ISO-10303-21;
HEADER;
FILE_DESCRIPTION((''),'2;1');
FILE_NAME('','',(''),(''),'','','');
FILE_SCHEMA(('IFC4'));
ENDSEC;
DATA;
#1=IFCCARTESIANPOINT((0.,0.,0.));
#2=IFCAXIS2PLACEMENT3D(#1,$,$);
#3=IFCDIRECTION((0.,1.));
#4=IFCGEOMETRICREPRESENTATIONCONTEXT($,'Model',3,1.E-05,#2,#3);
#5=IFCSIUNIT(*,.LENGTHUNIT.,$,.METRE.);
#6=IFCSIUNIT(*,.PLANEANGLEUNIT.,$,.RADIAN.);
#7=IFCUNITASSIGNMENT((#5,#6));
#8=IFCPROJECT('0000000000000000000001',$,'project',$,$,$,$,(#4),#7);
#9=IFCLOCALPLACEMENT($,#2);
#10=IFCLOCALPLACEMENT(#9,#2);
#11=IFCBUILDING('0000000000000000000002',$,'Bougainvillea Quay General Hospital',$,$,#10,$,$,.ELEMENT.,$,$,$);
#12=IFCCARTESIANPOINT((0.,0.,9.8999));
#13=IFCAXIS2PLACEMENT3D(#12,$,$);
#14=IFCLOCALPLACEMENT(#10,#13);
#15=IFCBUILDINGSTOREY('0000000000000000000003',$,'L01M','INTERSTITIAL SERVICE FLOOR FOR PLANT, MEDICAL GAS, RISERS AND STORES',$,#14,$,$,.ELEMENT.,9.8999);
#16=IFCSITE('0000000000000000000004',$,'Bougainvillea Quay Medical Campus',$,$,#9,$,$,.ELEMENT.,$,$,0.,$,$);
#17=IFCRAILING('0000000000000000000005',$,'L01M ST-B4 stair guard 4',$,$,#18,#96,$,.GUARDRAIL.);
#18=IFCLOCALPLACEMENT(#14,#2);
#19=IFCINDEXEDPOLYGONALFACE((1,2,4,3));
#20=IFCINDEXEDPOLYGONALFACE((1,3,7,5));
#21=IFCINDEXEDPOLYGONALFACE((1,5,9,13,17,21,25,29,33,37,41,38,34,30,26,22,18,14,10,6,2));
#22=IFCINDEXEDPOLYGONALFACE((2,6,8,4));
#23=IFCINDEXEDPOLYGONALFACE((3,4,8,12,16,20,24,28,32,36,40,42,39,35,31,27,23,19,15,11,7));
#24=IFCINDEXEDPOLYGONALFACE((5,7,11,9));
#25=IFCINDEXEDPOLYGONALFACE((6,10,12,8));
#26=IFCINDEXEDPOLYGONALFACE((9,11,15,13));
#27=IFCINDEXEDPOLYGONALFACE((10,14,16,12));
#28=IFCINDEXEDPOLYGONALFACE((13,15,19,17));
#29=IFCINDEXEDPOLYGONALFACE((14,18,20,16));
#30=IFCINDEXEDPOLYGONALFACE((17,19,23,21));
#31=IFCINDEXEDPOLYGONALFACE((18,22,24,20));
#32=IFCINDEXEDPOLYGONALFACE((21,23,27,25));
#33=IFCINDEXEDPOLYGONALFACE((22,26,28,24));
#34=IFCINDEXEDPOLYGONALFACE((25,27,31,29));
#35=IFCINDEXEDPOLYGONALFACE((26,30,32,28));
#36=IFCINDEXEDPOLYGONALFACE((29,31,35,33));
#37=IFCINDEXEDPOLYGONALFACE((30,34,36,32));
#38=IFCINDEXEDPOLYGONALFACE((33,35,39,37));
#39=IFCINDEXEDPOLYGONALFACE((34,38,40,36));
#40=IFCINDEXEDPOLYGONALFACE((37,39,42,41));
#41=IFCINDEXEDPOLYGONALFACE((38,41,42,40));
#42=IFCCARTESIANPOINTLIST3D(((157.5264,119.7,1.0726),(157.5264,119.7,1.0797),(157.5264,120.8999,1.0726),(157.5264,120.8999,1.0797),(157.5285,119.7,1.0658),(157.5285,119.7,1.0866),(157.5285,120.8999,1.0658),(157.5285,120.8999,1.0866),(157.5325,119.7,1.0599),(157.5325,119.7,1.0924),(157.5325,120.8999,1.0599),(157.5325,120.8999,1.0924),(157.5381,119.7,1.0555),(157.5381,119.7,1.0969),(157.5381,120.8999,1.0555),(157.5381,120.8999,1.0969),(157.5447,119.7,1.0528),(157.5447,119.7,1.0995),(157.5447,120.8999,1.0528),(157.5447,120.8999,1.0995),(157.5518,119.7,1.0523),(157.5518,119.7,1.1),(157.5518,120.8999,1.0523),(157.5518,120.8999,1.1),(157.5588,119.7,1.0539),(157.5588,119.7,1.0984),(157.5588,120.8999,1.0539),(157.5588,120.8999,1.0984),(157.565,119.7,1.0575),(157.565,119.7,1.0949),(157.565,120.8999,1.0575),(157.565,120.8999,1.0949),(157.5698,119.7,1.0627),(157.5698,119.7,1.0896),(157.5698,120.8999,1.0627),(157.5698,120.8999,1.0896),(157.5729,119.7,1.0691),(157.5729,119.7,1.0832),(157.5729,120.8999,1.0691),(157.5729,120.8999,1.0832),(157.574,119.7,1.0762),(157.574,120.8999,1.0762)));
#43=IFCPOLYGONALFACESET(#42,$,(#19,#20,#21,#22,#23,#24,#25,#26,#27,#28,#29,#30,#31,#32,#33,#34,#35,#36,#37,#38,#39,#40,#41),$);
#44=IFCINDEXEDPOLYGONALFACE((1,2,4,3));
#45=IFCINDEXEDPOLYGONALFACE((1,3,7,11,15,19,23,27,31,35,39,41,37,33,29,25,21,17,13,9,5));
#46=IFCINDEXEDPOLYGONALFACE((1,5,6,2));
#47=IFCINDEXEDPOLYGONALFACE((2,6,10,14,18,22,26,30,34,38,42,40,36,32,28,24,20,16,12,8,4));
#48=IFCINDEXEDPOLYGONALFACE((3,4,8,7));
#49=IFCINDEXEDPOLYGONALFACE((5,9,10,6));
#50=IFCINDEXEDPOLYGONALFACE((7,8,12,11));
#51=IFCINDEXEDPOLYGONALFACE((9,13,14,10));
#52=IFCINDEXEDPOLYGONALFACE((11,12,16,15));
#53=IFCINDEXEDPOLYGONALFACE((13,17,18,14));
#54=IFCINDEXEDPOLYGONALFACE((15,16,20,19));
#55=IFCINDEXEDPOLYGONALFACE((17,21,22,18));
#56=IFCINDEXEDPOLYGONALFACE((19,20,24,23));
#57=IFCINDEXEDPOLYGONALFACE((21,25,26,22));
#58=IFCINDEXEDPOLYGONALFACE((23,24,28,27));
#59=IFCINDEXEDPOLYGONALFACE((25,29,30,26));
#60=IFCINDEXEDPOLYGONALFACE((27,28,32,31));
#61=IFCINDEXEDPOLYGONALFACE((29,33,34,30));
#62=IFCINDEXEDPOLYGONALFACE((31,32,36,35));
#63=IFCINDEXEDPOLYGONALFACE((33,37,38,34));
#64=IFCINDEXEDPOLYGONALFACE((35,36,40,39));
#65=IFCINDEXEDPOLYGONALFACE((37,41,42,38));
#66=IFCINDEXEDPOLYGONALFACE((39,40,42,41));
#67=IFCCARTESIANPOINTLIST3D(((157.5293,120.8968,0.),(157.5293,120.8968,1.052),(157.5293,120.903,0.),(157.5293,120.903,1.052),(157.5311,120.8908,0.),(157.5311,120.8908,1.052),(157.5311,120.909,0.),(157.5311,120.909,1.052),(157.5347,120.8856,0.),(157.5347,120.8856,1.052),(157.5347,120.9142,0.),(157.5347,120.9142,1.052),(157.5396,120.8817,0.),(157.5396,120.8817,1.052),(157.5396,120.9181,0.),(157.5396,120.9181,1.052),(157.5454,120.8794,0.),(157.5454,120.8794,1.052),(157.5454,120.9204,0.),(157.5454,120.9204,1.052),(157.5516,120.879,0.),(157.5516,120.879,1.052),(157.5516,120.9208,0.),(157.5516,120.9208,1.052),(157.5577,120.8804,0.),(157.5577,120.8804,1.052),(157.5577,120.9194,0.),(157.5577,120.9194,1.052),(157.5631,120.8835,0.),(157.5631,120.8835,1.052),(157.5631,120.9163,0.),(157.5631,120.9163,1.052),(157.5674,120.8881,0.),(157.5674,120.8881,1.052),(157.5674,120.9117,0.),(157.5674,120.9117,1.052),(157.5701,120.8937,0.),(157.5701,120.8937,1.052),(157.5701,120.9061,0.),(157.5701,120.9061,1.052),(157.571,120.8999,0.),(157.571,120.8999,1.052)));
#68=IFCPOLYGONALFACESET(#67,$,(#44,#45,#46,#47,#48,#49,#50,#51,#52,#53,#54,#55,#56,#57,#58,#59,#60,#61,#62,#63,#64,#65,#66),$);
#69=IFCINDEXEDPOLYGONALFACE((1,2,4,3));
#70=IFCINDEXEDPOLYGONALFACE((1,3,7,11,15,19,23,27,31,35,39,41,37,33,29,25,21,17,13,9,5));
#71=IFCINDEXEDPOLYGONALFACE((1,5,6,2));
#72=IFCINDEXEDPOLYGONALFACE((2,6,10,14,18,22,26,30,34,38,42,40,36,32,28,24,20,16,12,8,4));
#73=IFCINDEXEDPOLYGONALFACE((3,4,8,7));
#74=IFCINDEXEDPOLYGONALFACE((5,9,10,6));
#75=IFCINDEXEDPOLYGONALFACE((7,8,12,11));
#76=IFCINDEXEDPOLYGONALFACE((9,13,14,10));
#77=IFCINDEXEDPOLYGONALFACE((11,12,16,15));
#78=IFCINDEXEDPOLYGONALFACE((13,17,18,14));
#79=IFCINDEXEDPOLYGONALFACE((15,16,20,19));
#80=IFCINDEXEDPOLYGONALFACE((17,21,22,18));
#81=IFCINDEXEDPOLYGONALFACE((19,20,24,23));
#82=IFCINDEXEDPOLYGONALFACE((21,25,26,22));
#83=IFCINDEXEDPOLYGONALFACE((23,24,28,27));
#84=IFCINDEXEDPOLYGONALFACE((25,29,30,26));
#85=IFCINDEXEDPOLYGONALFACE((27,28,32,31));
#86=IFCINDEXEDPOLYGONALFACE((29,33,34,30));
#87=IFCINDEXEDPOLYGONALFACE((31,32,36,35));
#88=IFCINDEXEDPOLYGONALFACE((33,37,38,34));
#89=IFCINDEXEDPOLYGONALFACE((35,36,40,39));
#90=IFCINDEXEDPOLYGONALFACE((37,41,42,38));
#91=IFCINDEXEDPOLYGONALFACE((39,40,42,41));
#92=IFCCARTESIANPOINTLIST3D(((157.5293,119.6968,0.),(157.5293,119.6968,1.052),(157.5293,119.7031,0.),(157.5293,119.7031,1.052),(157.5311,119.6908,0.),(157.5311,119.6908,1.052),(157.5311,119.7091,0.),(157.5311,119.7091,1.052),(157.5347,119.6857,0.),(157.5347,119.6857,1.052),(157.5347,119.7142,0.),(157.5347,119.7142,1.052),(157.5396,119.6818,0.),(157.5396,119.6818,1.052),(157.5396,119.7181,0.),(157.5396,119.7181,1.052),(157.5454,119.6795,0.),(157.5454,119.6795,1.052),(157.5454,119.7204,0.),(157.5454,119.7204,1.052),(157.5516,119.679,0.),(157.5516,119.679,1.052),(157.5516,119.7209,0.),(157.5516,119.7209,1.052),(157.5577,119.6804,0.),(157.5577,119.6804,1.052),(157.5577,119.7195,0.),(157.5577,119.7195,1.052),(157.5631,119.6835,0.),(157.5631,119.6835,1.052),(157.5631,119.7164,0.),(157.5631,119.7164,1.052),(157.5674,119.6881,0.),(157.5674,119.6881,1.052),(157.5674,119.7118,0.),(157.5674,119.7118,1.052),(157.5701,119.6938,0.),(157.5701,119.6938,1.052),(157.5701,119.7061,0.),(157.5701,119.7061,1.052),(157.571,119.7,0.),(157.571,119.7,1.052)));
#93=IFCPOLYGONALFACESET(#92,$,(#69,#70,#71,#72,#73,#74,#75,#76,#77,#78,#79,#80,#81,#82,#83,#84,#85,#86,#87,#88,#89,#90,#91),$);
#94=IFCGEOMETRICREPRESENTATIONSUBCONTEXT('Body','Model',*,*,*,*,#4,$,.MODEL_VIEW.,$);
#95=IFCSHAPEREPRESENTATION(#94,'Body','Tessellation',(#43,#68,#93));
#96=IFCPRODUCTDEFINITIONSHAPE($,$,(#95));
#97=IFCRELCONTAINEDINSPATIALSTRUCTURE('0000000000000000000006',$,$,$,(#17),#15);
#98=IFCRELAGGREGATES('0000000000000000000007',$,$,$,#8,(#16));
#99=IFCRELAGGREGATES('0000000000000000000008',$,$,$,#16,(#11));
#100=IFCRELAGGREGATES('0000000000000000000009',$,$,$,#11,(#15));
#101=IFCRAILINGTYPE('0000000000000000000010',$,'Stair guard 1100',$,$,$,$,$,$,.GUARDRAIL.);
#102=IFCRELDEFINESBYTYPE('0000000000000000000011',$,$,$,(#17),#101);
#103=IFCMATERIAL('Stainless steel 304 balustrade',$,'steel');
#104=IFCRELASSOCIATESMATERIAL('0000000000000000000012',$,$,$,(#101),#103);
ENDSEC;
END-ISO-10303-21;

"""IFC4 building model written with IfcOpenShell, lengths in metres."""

from ifc_helpers import new_model, si_unit, direction, frame, origin, origin_2d, place, context, subcontext, project, spatial, circle, extrude, material, type_object, element, save


model = new_model("IFC4")

# Units and contexts
model_context = context("Model", 3, precision=1e-05, world=origin(), true_north=direction((0.0, 1.0)))
body_context = subcontext(model_context, "Body", "Model", "MODEL_VIEW")
ifc_project = project(units=[si_unit("LENGTHUNIT", "METRE"), si_unit("PLANEANGLEUNIT", "RADIAN")], contexts=[model_context])

# Site, building, storey
site_placement = place(None, origin())
site = spatial("IfcSite", under=ifc_project, at=site_placement, Name="Bougainvillea Quay Medical Campus", CompositionType="ELEMENT", RefElevation=0.0)
building_placement = place(site_placement, origin())
building = spatial("IfcBuilding", under=site, at=building_placement, Name="Bougainvillea Quay General Hospital", CompositionType="ELEMENT")
storey_placement = place(building_placement, frame((0.0, 0.0, 9.8999)))
storey = spatial("IfcBuildingStorey", under=building, at=storey_placement, Name="L01M", Description="INTERSTITIAL SERVICE FLOOR FOR PLANT, MEDICAL GAS, RISERS AND STORES", CompositionType="ELEMENT", Elevation=9.8999)

# Railing
ifc_material_1 = material(Name="Stainless steel 304 balustrade", Category="steel")
railing_type_1 = type_object("IfcRailingType", Name="Stair guard 1100", PredefinedType="GUARDRAIL", material=ifc_material_1)
railing_1_placement = place(storey_placement, frame((157.55, 120.8999, 0.0)))
element("IfcRailing", 1, at=railing_1_placement, inside=storey, type_object=railing_type_1, Name="L01M ST-B4 stair guard 4", PredefinedType="GUARDRAIL", context=body_context, shape_type="SweptSolid", body=[
    extrude(circle(Radius=0.0239, at=origin_2d()), frame((0.0, 0.0, 1.0762), z_axis=(0.0, -1.0, 0.0), x_axis=(1.0, 0.0, 0.0)), (0.0, 0.0, 1.0), 1.2),
    extrude(circle(Radius=0.021, at=origin_2d()), origin(), (0.0, 0.0, 1.0), 1.052),
    extrude(circle(Radius=0.021, at=origin_2d()), frame((0.0, -1.2, 0.0)), (0.0, 0.0, 1.0), 1.052),
])

save(model, "model.ifc")
